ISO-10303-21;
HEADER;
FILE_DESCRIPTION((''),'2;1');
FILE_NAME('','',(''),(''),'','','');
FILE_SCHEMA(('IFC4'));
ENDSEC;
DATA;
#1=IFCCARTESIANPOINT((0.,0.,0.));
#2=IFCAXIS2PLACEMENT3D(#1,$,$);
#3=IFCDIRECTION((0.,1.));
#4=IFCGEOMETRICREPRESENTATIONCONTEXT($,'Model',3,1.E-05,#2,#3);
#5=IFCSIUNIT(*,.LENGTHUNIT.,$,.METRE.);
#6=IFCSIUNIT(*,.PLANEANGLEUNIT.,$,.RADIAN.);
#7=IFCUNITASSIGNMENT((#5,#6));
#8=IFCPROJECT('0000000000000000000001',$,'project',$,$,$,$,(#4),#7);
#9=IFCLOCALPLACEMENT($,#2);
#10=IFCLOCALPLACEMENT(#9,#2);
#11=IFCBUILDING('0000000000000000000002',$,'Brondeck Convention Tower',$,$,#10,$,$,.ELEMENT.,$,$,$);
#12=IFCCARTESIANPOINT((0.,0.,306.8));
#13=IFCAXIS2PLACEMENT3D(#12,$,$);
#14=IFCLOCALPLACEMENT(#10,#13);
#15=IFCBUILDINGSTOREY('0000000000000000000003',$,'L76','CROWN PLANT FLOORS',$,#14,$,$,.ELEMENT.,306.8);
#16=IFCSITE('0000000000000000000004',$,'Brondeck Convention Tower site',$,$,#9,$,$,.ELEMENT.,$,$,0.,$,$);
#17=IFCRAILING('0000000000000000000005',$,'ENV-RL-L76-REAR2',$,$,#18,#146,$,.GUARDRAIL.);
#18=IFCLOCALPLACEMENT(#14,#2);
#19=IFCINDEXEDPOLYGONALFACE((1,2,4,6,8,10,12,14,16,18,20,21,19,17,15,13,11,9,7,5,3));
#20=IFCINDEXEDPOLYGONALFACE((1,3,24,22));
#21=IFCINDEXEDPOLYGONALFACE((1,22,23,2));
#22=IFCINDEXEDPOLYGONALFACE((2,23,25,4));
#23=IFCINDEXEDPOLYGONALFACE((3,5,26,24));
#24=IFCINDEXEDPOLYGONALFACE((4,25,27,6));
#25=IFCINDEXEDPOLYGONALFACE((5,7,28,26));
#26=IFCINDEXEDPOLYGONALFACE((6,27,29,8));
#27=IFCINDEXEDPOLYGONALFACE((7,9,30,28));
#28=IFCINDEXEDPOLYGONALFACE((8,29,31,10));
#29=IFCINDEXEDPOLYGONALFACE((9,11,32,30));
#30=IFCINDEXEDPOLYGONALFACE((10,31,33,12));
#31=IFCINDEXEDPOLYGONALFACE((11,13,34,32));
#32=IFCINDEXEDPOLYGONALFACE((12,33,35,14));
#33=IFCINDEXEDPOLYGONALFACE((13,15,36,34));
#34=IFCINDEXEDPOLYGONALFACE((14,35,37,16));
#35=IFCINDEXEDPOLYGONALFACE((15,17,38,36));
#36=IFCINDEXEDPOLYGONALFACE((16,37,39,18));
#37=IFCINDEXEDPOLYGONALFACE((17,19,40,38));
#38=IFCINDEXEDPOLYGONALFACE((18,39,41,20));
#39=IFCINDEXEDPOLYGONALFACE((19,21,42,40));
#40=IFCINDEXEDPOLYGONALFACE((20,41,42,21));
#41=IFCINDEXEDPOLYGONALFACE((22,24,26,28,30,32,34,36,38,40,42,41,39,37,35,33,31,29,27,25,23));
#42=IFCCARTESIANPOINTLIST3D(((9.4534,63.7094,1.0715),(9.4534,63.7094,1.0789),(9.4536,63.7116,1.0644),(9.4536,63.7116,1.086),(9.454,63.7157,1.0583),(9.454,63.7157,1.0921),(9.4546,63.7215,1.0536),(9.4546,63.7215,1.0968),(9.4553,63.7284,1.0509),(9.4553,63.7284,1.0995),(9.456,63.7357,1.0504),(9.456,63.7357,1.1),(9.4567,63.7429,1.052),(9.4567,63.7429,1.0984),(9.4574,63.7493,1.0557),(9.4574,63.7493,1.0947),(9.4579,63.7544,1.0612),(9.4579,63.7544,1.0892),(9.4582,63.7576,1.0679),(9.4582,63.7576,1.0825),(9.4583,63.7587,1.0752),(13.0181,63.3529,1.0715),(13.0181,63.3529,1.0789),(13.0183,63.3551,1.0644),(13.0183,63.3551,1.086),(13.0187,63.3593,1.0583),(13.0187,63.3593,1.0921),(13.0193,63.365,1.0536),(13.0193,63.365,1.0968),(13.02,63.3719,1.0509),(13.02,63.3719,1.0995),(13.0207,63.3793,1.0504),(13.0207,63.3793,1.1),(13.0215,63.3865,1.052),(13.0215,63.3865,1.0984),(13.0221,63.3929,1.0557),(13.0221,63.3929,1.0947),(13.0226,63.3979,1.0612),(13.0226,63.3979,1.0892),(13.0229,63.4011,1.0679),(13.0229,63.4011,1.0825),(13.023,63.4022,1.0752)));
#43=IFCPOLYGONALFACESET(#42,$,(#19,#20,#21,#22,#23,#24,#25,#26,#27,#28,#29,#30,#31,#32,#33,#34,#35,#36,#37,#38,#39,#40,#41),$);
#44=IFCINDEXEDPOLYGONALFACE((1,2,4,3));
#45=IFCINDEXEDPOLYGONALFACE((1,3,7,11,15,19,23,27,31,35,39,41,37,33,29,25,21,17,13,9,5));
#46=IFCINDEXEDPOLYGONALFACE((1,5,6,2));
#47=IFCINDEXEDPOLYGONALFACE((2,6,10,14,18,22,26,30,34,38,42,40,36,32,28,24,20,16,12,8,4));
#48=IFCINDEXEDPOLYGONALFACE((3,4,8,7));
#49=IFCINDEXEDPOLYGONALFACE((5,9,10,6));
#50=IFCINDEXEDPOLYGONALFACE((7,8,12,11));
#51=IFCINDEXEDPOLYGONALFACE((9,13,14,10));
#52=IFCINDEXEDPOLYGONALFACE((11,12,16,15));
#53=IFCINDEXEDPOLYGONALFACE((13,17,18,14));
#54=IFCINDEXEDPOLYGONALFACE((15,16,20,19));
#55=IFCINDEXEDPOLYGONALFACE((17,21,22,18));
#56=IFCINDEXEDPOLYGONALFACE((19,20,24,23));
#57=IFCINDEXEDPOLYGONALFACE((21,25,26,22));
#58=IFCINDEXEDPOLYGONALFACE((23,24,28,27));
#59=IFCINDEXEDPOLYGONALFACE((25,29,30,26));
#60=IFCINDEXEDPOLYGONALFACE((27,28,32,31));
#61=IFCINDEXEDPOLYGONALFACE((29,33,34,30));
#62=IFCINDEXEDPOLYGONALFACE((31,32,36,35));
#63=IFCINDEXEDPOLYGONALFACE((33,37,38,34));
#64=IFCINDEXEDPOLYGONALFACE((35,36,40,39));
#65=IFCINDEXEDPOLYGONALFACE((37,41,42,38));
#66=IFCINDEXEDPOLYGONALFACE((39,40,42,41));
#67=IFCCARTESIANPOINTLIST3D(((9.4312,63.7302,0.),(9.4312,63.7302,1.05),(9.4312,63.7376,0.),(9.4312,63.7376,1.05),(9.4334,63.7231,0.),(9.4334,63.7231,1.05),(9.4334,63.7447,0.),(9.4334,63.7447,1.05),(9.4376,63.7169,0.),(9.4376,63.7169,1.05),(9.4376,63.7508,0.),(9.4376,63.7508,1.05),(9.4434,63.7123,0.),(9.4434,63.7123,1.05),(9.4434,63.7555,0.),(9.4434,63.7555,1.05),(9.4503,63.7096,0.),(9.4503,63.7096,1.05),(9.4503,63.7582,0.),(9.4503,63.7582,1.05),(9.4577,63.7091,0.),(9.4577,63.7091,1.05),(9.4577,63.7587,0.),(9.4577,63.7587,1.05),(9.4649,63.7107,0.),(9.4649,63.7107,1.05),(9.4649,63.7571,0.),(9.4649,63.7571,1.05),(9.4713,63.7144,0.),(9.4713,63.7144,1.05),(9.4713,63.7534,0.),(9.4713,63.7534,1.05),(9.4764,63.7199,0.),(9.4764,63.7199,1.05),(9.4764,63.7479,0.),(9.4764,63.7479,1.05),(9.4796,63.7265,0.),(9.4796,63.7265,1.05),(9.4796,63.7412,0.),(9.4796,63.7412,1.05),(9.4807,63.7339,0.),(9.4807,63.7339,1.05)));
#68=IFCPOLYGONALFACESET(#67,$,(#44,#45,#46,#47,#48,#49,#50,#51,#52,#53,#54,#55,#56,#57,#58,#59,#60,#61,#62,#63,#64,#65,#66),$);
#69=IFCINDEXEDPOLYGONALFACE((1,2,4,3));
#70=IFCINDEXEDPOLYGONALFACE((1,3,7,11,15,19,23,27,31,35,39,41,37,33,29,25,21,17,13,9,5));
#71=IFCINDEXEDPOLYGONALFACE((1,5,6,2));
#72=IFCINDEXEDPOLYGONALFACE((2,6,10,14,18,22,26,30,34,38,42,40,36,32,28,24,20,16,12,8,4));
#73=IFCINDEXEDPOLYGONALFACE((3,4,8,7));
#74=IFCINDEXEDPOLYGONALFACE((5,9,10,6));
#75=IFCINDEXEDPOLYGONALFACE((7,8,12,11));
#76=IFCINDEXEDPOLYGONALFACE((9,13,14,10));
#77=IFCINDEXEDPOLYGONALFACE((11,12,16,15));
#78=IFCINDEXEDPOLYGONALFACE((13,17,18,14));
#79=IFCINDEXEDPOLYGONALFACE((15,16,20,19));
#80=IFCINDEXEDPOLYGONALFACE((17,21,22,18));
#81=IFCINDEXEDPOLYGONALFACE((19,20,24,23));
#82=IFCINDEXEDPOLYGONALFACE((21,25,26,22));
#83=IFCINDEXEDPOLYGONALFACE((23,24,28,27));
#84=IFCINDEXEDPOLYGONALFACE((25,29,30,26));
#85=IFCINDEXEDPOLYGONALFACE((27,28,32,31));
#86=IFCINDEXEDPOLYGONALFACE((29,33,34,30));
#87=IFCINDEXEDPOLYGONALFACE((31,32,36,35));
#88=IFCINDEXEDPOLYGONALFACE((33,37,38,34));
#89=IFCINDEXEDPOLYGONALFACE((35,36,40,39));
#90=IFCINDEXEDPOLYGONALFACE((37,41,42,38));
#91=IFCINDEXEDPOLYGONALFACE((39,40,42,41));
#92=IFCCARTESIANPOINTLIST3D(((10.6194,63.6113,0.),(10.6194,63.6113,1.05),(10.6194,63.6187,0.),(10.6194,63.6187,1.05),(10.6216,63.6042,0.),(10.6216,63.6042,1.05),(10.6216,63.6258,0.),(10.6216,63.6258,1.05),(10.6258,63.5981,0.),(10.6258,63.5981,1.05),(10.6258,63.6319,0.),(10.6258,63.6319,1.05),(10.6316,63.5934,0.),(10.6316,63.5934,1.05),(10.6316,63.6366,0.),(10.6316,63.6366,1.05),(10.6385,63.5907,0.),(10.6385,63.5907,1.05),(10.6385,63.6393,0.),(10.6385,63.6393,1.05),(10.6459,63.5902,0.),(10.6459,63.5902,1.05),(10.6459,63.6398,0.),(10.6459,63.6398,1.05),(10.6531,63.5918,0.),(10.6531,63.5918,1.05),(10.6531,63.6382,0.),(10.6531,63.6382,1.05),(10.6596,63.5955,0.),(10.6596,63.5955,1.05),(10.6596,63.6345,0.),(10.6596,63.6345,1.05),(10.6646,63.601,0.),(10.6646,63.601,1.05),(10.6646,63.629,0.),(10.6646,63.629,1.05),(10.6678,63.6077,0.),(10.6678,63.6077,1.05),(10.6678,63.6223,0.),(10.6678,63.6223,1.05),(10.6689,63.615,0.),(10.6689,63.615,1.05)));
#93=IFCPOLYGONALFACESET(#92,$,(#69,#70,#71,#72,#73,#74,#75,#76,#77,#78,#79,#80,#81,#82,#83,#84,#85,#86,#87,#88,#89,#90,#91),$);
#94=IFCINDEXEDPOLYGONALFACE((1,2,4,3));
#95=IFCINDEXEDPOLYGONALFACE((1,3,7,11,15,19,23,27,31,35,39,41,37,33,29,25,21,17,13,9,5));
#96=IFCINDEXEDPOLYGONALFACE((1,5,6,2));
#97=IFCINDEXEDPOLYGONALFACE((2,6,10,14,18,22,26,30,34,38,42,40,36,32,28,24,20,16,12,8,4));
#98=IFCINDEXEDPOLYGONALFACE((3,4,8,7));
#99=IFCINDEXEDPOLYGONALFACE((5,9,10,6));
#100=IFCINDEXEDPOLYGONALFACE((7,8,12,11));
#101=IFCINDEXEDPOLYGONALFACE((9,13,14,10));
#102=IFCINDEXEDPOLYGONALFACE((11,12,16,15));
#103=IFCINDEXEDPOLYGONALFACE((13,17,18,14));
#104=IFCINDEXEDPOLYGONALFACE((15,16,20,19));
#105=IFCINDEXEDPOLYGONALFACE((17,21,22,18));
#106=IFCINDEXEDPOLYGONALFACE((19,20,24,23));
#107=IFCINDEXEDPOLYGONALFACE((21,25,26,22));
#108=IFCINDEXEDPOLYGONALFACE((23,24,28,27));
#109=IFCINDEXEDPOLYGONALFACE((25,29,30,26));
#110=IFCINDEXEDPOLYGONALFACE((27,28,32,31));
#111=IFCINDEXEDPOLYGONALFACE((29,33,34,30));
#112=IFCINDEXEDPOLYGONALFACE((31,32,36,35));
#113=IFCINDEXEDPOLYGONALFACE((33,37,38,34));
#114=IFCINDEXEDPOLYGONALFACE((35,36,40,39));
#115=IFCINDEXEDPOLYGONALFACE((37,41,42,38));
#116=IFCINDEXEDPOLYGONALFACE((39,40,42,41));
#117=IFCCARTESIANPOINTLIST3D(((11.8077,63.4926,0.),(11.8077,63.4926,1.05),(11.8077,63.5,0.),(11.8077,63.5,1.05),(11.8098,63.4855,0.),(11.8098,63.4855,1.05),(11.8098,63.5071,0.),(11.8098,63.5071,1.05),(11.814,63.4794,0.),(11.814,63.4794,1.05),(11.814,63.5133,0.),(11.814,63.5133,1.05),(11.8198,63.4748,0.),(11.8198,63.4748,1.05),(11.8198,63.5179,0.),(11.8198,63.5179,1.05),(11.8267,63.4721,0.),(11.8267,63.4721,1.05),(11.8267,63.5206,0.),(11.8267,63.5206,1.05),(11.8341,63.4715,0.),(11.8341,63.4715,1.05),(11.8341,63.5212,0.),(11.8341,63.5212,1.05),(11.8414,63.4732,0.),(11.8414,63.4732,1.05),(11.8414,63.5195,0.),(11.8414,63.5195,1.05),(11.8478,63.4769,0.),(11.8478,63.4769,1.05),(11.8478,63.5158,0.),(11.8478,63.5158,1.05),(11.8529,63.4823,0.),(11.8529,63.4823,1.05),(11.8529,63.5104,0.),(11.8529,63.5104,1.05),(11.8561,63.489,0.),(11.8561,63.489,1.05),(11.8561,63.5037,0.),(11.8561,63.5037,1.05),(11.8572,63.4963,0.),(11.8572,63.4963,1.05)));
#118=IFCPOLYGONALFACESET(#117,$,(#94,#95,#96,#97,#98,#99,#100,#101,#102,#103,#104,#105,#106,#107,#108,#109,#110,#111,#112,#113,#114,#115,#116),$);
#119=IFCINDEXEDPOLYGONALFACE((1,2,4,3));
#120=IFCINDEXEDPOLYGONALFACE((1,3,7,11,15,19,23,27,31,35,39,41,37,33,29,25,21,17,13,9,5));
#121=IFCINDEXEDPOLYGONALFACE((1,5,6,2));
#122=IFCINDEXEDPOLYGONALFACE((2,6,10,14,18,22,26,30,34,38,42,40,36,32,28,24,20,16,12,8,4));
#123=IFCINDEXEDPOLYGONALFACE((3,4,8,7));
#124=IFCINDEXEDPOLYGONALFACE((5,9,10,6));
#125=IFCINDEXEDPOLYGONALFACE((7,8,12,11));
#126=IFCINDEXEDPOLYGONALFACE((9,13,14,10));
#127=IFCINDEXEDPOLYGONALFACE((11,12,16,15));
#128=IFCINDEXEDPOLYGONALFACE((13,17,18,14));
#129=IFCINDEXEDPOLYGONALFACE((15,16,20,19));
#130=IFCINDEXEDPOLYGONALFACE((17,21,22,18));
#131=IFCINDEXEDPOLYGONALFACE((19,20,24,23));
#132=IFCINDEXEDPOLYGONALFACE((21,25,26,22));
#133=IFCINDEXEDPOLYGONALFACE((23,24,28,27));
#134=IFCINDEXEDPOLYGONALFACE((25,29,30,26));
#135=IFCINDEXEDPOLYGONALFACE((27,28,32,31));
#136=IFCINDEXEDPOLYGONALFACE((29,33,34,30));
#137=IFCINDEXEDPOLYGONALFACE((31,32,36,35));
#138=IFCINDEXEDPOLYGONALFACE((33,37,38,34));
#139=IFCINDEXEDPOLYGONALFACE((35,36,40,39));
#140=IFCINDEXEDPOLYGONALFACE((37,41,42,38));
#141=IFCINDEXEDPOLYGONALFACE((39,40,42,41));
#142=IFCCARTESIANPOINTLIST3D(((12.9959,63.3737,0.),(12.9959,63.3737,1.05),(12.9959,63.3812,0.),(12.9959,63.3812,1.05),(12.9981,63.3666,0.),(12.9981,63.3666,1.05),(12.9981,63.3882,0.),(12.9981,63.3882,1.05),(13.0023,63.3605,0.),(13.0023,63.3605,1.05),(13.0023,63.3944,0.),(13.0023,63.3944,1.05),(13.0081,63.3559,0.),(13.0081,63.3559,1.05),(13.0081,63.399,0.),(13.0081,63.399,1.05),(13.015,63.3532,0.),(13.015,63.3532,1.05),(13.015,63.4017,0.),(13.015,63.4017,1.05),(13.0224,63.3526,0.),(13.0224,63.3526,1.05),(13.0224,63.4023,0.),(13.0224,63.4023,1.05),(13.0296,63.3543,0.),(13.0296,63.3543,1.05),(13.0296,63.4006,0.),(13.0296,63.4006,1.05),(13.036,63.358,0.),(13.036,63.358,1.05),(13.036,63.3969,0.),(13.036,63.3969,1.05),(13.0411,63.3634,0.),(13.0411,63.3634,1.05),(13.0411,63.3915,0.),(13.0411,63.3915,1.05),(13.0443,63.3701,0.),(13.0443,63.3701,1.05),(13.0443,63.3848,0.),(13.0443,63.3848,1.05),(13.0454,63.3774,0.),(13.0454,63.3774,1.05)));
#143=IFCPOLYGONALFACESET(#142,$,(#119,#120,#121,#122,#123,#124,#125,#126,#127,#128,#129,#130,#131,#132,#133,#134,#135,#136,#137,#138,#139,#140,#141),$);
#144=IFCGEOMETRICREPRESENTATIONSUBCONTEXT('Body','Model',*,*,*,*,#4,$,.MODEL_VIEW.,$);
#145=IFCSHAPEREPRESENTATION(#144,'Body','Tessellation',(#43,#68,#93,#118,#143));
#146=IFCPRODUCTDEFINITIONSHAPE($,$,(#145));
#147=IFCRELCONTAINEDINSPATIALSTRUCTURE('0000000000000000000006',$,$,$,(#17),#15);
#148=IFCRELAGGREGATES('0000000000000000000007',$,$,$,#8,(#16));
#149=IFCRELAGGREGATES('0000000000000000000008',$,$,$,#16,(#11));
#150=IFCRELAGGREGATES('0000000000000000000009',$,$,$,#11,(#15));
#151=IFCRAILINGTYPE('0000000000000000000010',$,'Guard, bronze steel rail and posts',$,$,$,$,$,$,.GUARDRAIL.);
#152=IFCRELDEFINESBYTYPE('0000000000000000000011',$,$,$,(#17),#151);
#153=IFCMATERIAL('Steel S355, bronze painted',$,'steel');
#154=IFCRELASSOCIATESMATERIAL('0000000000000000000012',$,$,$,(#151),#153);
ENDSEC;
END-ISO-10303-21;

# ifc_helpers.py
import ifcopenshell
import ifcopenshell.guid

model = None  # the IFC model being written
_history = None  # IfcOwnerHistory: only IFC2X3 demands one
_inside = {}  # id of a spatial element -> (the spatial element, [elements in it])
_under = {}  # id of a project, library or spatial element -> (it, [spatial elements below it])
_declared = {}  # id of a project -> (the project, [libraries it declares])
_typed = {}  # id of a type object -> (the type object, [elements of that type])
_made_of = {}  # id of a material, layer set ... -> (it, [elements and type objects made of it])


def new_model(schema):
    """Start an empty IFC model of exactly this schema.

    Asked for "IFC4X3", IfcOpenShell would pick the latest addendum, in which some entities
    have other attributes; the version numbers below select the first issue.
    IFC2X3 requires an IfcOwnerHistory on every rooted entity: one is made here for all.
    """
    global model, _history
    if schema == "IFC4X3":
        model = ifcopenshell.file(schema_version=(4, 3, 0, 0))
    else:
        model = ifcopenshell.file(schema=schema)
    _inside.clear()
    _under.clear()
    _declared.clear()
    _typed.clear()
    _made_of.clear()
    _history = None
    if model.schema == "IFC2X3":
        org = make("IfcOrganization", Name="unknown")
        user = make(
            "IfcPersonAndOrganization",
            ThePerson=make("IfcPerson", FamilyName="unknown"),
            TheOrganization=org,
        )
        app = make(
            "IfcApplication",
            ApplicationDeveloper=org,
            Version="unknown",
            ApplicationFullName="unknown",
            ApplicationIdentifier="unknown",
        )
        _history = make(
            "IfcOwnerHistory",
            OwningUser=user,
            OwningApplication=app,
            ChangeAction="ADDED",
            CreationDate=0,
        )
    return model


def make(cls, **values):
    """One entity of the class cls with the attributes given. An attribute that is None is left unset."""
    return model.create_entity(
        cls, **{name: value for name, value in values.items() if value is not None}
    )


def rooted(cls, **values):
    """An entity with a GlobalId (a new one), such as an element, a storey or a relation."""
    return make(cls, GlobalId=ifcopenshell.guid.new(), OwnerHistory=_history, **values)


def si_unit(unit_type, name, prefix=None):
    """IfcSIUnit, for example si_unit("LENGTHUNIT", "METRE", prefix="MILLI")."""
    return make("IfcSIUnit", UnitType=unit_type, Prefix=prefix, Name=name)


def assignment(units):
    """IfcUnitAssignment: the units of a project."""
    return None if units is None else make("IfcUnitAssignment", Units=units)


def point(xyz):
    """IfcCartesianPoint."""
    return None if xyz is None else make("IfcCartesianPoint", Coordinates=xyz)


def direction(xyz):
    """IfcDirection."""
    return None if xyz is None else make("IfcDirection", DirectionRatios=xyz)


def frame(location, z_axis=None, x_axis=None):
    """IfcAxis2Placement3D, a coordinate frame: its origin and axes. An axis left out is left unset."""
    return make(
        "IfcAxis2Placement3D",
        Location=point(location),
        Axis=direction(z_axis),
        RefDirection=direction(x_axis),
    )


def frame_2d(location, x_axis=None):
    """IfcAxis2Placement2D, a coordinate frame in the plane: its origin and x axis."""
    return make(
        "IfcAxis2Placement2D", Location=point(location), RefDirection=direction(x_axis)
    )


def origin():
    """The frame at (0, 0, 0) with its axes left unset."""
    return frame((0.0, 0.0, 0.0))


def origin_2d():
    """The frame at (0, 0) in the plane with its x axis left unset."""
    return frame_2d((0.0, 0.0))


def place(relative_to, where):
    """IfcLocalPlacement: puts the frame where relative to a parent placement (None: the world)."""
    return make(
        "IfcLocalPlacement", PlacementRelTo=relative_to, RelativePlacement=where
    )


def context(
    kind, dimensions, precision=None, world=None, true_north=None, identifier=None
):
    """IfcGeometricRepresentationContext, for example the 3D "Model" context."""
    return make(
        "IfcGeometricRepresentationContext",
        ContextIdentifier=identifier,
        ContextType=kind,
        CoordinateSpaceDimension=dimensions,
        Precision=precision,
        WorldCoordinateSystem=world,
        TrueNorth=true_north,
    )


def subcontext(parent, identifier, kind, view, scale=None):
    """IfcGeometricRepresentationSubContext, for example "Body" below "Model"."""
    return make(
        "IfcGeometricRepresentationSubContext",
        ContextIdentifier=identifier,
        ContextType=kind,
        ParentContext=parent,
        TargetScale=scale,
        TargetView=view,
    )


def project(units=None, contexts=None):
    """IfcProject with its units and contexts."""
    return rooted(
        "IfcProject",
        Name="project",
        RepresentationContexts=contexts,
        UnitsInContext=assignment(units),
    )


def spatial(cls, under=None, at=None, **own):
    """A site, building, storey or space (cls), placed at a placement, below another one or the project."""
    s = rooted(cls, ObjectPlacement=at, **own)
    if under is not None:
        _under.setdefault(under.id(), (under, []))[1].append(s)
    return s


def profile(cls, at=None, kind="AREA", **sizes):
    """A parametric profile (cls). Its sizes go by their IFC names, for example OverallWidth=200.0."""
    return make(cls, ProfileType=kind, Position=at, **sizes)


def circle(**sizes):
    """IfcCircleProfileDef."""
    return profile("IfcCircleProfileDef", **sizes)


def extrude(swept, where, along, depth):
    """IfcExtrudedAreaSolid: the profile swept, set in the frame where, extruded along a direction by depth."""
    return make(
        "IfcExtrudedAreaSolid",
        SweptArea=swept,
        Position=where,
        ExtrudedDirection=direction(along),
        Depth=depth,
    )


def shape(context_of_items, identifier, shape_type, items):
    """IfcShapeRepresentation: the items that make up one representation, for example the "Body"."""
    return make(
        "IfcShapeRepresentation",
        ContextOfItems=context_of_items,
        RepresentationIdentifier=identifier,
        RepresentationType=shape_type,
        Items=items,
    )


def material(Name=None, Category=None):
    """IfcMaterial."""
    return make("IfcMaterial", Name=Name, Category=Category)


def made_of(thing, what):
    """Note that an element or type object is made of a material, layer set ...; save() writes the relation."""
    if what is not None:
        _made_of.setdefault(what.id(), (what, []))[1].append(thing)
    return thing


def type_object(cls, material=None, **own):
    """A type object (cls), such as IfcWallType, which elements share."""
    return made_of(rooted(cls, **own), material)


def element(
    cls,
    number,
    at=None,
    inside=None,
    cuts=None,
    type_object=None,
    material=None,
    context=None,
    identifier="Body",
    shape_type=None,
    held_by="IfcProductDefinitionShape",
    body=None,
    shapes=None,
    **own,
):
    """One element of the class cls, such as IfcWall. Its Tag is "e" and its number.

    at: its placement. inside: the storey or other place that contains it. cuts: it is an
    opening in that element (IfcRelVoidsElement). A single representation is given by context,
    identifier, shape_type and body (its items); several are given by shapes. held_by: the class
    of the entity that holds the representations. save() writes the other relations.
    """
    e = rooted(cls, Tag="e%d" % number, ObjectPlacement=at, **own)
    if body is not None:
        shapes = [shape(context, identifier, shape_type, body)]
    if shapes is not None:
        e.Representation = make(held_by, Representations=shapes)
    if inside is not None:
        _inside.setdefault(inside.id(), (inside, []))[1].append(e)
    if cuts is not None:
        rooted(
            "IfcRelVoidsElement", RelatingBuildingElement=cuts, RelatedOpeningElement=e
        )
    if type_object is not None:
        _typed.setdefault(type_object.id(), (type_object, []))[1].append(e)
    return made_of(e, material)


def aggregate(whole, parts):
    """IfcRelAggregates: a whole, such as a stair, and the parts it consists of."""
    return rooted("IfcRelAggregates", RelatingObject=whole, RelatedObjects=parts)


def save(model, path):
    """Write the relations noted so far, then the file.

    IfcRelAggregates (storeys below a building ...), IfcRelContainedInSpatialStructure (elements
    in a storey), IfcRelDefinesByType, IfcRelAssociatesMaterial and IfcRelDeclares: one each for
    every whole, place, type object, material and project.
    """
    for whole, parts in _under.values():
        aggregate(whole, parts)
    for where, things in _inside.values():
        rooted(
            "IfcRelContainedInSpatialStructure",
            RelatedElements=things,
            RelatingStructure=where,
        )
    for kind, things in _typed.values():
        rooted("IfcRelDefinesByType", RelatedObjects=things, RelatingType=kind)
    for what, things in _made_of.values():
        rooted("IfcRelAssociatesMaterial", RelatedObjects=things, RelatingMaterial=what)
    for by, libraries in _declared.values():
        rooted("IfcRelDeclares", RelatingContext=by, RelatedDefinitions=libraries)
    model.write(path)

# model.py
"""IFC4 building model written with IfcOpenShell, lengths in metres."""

from ifc_helpers import new_model, si_unit, direction, frame, origin, origin_2d, place, context, subcontext, project, spatial, circle, extrude, material, type_object, element, save


model = new_model("IFC4")

# Units and contexts
model_context = context("Model", 3, precision=1e-05, world=origin(), true_north=direction((0.0, 1.0)))
body_context = subcontext(model_context, "Body", "Model", "MODEL_VIEW")
ifc_project = project(units=[si_unit("LENGTHUNIT", "METRE"), si_unit("PLANEANGLEUNIT", "RADIAN")], contexts=[model_context])

# Site, building, storey
site_placement = place(None, origin())
site = spatial("IfcSite", under=ifc_project, at=site_placement, Name="Brondeck Convention Tower site", CompositionType="ELEMENT", RefElevation=0.0)
building_placement = place(site_placement, origin())
building = spatial("IfcBuilding", under=site, at=building_placement, Name="Brondeck Convention Tower", CompositionType="ELEMENT")
storey_placement = place(building_placement, frame((0.0, 0.0, 306.8)))
storey = spatial("IfcBuildingStorey", under=building, at=storey_placement, Name="L76", Description="CROWN PLANT FLOORS", CompositionType="ELEMENT", Elevation=306.8)

# Railing
ifc_material_1 = material(Name="Steel S355, bronze painted", Category="steel")
railing_type_1 = type_object("IfcRailingType", Name="Guard, bronze steel rail and posts", PredefinedType="GUARDRAIL", material=ifc_material_1)
railing_1_placement = place(storey_placement, frame((9.4558, 63.7339, 0.0)))
element("IfcRailing", 1, at=railing_1_placement, inside=storey, type_object=railing_type_1, Name="ENV-RL-L76-REAR2", PredefinedType="GUARDRAIL", context=body_context, shape_type="SweptSolid", body=[
    extrude(circle(Radius=0.0249, at=origin_2d()), frame((0.0, 0.0, 1.0752), z_axis=(0.995038, -0.099497, 0.0), x_axis=(0.099497, 0.995038, 0.0)), (0.0, 0.0, 1.0), 3.5825),
    extrude(circle(Radius=0.0249, at=origin_2d()), origin(), (0.0, 0.0, 1.0), 1.05),
    extrude(circle(Radius=0.0249, at=origin_2d()), frame((1.1882, -0.1189, 0.0)), (0.0, 0.0, 1.0), 1.05),
    extrude(circle(Radius=0.0249, at=origin_2d()), frame((2.3765, -0.2375, 0.0)), (0.0, 0.0, 1.0), 1.05),
    extrude(circle(Radius=0.0249, at=origin_2d()), frame((3.5647, -0.3564, 0.0)), (0.0, 0.0, 1.0), 1.05),
])

save(model, "model.ifc")
